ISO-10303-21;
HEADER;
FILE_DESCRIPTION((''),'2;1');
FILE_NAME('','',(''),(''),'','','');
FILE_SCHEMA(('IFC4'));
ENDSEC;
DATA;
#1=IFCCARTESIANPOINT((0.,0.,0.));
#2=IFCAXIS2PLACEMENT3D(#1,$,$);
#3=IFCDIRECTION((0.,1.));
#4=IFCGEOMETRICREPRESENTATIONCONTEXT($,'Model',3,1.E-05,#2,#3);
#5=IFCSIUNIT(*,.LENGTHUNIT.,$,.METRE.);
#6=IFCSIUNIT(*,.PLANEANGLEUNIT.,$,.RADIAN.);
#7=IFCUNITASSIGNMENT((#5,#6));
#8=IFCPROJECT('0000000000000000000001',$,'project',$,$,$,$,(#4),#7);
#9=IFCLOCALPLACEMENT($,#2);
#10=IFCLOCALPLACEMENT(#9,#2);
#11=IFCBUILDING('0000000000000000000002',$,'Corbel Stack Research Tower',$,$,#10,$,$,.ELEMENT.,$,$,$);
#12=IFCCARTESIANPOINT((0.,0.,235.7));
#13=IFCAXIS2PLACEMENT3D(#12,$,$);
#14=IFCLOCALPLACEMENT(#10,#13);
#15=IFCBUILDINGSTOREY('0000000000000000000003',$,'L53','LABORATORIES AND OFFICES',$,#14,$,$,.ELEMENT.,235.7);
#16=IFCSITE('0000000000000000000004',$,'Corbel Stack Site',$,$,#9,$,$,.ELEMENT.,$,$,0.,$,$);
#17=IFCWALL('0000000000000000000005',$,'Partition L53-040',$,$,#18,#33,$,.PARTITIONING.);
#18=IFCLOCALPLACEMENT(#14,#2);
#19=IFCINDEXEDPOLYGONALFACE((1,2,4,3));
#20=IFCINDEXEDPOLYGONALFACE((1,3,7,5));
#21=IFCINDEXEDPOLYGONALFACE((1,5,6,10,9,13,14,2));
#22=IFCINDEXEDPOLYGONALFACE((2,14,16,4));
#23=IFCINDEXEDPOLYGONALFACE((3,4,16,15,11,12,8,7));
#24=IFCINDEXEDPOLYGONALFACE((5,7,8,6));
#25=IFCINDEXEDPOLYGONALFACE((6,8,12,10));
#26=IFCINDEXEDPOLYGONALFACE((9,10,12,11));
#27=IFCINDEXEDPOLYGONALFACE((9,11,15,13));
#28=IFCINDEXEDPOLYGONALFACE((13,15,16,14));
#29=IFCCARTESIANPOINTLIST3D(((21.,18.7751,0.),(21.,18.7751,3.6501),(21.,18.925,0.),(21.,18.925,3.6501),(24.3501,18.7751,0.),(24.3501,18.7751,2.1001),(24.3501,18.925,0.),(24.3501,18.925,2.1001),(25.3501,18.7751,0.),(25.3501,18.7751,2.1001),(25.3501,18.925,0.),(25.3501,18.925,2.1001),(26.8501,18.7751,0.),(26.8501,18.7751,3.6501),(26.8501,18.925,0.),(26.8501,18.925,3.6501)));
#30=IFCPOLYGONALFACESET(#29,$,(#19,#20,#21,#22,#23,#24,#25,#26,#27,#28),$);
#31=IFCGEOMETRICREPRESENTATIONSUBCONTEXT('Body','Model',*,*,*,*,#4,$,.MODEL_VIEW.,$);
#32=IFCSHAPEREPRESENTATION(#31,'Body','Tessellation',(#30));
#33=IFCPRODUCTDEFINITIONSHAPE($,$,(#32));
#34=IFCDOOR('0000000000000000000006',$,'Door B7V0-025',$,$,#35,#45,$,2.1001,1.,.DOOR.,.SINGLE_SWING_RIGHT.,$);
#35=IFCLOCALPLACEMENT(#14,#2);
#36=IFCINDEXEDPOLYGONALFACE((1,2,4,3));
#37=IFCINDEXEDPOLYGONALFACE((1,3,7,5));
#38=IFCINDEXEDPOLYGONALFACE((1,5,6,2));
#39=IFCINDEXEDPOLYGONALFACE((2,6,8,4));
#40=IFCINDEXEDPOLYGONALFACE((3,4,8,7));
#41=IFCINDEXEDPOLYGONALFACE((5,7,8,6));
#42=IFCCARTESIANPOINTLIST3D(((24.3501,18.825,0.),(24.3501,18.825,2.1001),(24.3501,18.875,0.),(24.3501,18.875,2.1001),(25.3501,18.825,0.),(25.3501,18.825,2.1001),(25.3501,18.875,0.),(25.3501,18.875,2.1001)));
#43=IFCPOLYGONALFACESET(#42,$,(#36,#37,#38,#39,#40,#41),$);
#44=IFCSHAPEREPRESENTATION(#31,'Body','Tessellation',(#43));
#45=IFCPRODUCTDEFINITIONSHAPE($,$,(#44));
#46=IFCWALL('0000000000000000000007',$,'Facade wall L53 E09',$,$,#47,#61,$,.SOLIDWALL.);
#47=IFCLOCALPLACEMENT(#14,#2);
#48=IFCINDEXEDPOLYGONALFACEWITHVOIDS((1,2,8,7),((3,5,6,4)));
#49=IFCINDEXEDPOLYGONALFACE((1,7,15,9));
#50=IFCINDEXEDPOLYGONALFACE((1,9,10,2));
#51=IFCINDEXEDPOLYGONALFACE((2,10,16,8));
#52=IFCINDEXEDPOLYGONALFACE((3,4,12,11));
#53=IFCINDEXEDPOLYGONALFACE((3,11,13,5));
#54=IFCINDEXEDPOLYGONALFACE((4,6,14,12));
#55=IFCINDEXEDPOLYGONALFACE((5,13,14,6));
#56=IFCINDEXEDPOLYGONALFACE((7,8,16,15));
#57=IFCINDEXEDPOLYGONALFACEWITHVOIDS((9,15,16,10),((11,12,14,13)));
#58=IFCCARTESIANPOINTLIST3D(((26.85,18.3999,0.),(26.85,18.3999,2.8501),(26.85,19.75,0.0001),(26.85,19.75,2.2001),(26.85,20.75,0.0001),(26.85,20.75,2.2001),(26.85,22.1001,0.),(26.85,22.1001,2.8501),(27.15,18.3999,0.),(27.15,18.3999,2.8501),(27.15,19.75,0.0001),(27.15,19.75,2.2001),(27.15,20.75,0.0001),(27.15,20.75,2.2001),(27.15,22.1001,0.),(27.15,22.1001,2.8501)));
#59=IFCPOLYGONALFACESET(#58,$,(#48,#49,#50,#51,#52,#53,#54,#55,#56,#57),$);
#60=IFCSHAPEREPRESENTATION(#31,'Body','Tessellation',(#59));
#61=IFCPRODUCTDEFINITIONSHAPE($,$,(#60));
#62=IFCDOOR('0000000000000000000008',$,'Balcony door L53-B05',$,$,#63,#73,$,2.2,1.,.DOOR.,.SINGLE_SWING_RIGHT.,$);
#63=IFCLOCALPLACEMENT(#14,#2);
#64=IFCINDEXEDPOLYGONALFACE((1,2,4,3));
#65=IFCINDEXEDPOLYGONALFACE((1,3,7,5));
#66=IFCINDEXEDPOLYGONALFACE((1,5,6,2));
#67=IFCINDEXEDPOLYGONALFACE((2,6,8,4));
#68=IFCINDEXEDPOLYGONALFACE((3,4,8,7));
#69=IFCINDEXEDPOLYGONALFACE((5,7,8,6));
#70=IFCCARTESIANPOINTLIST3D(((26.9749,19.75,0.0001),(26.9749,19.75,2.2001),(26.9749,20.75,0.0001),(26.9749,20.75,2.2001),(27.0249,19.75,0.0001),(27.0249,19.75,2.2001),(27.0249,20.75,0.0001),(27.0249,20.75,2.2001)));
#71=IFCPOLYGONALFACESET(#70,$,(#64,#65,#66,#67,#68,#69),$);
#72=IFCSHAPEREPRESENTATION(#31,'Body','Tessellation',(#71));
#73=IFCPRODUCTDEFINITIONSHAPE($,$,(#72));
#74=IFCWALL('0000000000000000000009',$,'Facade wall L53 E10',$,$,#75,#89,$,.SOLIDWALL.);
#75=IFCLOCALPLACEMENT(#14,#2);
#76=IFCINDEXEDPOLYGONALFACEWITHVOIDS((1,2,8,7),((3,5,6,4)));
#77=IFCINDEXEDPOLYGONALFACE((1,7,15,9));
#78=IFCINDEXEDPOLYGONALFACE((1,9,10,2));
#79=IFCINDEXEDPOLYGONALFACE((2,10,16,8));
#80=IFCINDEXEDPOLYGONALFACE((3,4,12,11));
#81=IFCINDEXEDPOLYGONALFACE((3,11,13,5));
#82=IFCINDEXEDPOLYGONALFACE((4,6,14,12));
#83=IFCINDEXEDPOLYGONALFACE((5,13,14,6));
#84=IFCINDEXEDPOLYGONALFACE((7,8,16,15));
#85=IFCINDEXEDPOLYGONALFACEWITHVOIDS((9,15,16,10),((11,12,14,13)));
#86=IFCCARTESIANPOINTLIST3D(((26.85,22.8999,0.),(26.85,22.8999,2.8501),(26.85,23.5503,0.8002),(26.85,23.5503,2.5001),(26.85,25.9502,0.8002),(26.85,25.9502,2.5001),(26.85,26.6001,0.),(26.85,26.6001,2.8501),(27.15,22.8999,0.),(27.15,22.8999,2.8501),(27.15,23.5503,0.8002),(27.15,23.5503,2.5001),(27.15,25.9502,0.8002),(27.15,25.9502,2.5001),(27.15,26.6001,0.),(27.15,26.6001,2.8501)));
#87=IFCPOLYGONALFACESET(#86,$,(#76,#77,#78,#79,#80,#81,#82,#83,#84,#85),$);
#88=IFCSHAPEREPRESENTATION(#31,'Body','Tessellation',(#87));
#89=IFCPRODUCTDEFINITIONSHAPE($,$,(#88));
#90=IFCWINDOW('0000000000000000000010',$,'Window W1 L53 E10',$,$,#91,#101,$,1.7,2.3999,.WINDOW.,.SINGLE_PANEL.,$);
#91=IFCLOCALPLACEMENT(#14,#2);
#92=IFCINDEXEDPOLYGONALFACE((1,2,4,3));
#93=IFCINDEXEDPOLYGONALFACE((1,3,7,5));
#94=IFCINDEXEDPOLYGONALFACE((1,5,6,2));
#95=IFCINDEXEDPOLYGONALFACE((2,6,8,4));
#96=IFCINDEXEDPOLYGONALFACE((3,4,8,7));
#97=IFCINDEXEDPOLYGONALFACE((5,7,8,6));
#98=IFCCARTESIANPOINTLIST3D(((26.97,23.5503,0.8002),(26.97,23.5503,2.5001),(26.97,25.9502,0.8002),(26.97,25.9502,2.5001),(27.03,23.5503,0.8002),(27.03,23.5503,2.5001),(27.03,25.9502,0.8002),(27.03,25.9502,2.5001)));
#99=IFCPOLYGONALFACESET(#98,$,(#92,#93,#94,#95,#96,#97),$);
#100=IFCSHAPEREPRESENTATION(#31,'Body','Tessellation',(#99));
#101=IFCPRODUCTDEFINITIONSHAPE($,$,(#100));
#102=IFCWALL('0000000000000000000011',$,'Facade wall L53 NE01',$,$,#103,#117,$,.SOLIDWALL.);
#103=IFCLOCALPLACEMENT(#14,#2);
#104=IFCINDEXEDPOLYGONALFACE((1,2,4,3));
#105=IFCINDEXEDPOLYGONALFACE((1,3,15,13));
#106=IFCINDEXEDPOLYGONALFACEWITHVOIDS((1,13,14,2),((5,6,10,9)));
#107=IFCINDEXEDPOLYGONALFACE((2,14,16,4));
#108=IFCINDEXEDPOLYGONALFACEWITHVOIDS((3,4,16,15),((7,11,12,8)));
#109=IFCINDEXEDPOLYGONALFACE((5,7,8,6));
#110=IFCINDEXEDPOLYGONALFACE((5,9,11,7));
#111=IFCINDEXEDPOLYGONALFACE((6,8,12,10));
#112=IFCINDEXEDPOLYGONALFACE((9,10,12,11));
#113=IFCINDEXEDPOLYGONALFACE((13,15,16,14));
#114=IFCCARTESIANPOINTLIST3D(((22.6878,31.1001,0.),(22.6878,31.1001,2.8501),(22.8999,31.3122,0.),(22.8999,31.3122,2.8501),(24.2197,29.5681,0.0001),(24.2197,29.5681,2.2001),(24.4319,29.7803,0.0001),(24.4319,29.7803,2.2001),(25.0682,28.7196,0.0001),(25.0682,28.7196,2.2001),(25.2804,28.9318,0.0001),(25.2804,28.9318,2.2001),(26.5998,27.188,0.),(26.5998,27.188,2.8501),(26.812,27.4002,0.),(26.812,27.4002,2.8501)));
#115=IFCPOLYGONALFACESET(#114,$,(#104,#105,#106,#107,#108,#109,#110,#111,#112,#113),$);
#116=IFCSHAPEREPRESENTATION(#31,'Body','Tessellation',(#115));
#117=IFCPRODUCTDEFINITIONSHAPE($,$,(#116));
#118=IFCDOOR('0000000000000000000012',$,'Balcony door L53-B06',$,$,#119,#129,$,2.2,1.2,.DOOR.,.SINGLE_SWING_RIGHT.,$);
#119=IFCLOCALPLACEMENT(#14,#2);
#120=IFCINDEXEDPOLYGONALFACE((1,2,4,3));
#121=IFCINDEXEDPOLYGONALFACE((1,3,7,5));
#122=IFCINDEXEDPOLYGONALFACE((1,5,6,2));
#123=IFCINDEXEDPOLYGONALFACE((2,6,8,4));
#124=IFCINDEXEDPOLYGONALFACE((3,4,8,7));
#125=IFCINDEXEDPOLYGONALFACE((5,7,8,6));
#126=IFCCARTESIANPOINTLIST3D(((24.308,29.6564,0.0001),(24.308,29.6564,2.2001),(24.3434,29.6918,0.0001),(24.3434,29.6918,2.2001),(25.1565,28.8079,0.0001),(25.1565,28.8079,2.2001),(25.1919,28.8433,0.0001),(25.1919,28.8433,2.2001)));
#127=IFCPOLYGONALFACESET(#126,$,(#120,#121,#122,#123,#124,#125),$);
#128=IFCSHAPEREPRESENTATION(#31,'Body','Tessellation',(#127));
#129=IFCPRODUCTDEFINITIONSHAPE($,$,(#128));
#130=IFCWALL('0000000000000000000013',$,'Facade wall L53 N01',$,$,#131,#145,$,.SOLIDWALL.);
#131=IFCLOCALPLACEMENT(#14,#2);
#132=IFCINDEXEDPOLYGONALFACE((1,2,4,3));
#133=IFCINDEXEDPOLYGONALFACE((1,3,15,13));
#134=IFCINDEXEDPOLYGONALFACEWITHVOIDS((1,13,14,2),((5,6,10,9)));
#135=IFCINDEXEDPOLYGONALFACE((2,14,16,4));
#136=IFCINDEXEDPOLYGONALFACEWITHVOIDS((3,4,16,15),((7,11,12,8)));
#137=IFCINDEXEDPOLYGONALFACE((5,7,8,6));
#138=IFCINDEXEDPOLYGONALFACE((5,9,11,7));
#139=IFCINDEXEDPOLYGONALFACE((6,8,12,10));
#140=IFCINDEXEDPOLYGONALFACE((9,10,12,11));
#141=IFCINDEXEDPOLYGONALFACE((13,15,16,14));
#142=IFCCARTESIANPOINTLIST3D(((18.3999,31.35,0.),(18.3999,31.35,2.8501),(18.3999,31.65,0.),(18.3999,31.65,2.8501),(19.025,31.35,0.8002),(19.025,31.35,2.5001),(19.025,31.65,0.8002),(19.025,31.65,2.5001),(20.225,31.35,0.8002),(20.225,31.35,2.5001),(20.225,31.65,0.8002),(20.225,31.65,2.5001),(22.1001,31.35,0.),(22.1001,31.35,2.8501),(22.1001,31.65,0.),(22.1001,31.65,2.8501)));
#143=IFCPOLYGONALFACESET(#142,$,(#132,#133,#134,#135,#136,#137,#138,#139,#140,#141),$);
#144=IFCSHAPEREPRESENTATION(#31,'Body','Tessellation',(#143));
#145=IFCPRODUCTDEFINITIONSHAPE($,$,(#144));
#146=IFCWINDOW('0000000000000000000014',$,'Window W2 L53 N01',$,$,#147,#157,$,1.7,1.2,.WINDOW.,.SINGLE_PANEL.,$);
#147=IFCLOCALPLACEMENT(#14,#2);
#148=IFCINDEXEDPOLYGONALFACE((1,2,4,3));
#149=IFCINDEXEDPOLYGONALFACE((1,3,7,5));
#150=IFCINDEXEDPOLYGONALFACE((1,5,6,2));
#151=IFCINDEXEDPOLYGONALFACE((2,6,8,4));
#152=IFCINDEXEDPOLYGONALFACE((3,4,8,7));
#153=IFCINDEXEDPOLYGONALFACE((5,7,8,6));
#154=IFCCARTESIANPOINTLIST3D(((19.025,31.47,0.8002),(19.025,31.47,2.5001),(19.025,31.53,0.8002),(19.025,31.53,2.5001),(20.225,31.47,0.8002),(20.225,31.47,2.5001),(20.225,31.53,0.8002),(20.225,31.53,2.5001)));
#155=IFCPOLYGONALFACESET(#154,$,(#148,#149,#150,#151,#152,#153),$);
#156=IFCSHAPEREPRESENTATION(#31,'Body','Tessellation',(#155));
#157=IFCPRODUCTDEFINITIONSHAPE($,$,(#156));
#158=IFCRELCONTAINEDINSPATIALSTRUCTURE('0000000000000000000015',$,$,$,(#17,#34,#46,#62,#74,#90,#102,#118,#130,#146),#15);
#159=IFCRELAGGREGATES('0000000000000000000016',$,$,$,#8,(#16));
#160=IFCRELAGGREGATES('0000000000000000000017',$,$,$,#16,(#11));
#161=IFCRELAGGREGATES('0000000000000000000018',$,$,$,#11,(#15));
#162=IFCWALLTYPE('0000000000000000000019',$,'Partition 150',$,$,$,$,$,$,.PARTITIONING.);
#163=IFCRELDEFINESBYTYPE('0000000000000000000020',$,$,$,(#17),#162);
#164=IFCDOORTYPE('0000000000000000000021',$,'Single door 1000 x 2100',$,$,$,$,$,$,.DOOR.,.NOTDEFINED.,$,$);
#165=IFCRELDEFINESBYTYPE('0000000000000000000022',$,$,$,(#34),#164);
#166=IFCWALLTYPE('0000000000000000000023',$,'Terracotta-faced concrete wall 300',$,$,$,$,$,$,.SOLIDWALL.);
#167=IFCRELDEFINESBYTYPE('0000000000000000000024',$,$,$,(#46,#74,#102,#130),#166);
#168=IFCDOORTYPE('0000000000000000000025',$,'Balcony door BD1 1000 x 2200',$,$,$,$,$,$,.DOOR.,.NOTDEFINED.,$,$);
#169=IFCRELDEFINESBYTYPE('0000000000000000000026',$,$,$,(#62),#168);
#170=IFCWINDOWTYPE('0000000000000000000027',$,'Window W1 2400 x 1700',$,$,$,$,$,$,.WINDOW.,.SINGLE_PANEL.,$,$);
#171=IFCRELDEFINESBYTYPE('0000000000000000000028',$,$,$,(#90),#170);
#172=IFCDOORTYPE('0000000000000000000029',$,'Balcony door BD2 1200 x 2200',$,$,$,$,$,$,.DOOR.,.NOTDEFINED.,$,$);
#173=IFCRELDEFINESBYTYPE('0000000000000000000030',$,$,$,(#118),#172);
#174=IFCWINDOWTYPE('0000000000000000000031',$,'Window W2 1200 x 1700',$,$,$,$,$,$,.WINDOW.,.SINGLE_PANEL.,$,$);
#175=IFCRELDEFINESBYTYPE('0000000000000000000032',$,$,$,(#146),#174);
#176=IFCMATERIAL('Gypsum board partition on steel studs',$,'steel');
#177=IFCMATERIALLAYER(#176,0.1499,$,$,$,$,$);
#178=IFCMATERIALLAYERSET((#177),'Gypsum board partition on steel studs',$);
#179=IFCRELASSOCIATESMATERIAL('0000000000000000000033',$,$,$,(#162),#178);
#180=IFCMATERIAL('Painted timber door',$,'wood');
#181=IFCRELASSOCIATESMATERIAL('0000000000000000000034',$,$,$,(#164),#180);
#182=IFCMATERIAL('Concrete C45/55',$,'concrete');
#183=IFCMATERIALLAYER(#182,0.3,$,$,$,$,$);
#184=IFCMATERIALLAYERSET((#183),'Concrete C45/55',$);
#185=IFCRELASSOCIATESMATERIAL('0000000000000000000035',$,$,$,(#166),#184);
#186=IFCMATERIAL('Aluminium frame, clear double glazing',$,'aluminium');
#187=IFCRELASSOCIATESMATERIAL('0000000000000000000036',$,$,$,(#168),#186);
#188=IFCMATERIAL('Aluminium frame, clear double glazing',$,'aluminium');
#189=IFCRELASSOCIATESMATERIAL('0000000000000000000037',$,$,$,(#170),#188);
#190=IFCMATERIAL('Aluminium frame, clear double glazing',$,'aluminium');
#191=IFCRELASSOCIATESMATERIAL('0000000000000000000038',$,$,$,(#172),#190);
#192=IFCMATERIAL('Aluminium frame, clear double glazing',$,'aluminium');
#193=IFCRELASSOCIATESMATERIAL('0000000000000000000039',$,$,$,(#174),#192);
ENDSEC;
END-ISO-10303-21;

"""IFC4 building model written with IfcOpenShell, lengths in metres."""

from ifc_helpers import new_model, si_unit, direction, frame, frame_2d, origin, place, context, subcontext, project, spatial, rectangle, extrude, material, layer, layer_set, type_object, element, fill, save


model = new_model("IFC4")

# Units and contexts
model_context = context("Model", 3, precision=1e-05, world=origin(), true_north=direction((0.0, 1.0)))
body_context = subcontext(model_context, "Body", "Model", "MODEL_VIEW")
ifc_project = project(units=[si_unit("LENGTHUNIT", "METRE"), si_unit("PLANEANGLEUNIT", "RADIAN")], contexts=[model_context])

# Site, building, storey
site_placement = place(None, origin())
site = spatial("IfcSite", under=ifc_project, at=site_placement, Name="Corbel Stack Site", CompositionType="ELEMENT", RefElevation=0.0)
building_placement = place(site_placement, origin())
building = spatial("IfcBuilding", under=site, at=building_placement, Name="Corbel Stack Research Tower", CompositionType="ELEMENT")
storey_placement = place(building_placement, frame((0.0, 0.0, 235.7)))
storey = spatial("IfcBuildingStorey", under=building, at=storey_placement, Name="L53", Description="LABORATORIES AND OFFICES", CompositionType="ELEMENT", Elevation=235.7)

# Walls, openings, doors
ifc_material_1 = material(Name="Gypsum board partition on steel studs", Category="steel")
ifc_layer_1 = layer(ifc_material_1, 0.1499)
ifc_layer_set_1 = layer_set([ifc_layer_1], Name="Gypsum board partition on steel studs")
wall_type_1 = type_object("IfcWallType", Name="Partition 150", PredefinedType="PARTITIONING", material=ifc_layer_set_1)
wall_1_placement = place(storey_placement, frame((21.0, 18.8501, 0.0), z_axis=(0.0, 0.0, 1.0), x_axis=(1.0, 0.0, 0.0)))
wall_1 = element("IfcWall", 1, at=wall_1_placement, inside=storey, type_object=wall_type_1, Name="Partition L53-040", PredefinedType="PARTITIONING", context=body_context, shape_type="SweptSolid", body=[
    extrude(rectangle(XDim=5.8501, YDim=0.1499, at=frame_2d((2.925, 0.0))), origin(), (0.0, 0.0, 1.0), 3.6501),
])
opening_1_placement = place(wall_1_placement, frame((3.3501, 0.0, 0.0)))
opening_1 = element("IfcOpeningElement", 2, at=opening_1_placement, cuts=wall_1, PredefinedType="OPENING", context=body_context, shape_type="SweptSolid", body=[
    extrude(rectangle(XDim=1.0, YDim=2.1001, at=frame_2d((0.5, 1.05))), frame((0.0, 0.085, 0.0), z_axis=(0.0, -1.0, 0.0), x_axis=(1.0, 0.0, 0.0)), (0.0, 0.0, 1.0), 0.1699),
])
ifc_material_2 = material(Name="Painted timber door", Category="wood")
door_type_1 = type_object("IfcDoorType", Name="Single door 1000 x 2100", OperationType="NOTDEFINED", PredefinedType="DOOR", material=ifc_material_2)
door_1_placement = place(opening_1_placement, origin())
door_1 = element("IfcDoor", 3, at=door_1_placement, inside=storey, type_object=door_type_1, Name="Door B7V0-025", OperationType="SINGLE_SWING_RIGHT", OverallHeight=2.1001, OverallWidth=1.0, PredefinedType="DOOR", context=body_context, shape_type="SweptSolid", body=[
    extrude(rectangle(XDim=1.0, YDim=2.1001, at=frame_2d((0.5, 1.05))), frame((0.0, 0.0249, 0.0), z_axis=(0.0, -1.0, 0.0), x_axis=(1.0, 0.0, 0.0)), (0.0, 0.0, 1.0), 0.05),
])
fill(opening_1, door_1)
ifc_material_3 = material(Name="Concrete C45/55", Category="concrete")
ifc_layer_2 = layer(ifc_material_3, 0.3)
ifc_layer_set_2 = layer_set([ifc_layer_2], Name="Concrete C45/55")
wall_type_2 = type_object("IfcWallType", Name="Terracotta-faced concrete wall 300", PredefinedType="SOLIDWALL", material=ifc_layer_set_2)
wall_2_placement = place(storey_placement, frame((27.0, 22.1001, 0.0), z_axis=(0.0, 0.0, 1.0), x_axis=(0.0, -1.0, 0.0)))
wall_2 = element("IfcWall", 4, at=wall_2_placement, inside=storey, type_object=wall_type_2, Name="Facade wall L53 E09", PredefinedType="SOLIDWALL", context=body_context, shape_type="SweptSolid", body=[
    extrude(rectangle(XDim=3.7002, YDim=0.3, at=frame_2d((1.8501, 0.0))), origin(), (0.0, 0.0, 1.0), 2.8501),
])
opening_2_placement = place(wall_2_placement, frame((1.3501, 0.0, 0.0)))
opening_2 = element("IfcOpeningElement", 5, at=opening_2_placement, cuts=wall_2, PredefinedType="OPENING", context=body_context, shape_type="SweptSolid", body=[
    extrude(rectangle(XDim=1.0, YDim=2.2, at=frame_2d((0.5, 1.1001))), frame((0.0, 0.1599, 0.0), z_axis=(0.0, -1.0, 0.0), x_axis=(1.0, 0.0, 0.0)), (0.0, 0.0, 1.0), 0.3201),
])
ifc_material_4 = material(Name="Aluminium frame, clear double glazing", Category="aluminium")
door_type_2 = type_object("IfcDoorType", Name="Balcony door BD1 1000 x 2200", OperationType="NOTDEFINED", PredefinedType="DOOR", material=ifc_material_4)
door_2_placement = place(opening_2_placement, origin())
door_2 = element("IfcDoor", 6, at=door_2_placement, inside=storey, type_object=door_type_2, Name="Balcony door L53-B05", OperationType="SINGLE_SWING_RIGHT", OverallHeight=2.2, OverallWidth=1.0, PredefinedType="DOOR", context=body_context, shape_type="SweptSolid", body=[
    extrude(rectangle(XDim=1.0, YDim=2.2, at=frame_2d((0.5, 1.1001))), frame((0.0, 0.0249, 0.0), z_axis=(0.0, -1.0, 0.0), x_axis=(1.0, 0.0, 0.0)), (0.0, 0.0, 1.0), 0.05),
])
fill(opening_2, door_2)

# Wall, opening, window
wall_3_placement = place(storey_placement, frame((27.0, 26.6001, 0.0), z_axis=(0.0, 0.0, 1.0), x_axis=(0.0, -1.0, 0.0)))
wall_3 = element("IfcWall", 7, at=wall_3_placement, inside=storey, type_object=wall_type_2, Name="Facade wall L53 E10", PredefinedType="SOLIDWALL", context=body_context, shape_type="SweptSolid", body=[
    extrude(rectangle(XDim=3.7002, YDim=0.3, at=frame_2d((1.8501, 0.0))), origin(), (0.0, 0.0, 1.0), 2.8501),
])
opening_3_placement = place(wall_3_placement, frame((0.6499, 0.0, 0.8)))
opening_3 = element("IfcOpeningElement", 8, at=opening_3_placement, cuts=wall_3, PredefinedType="OPENING", context=body_context, shape_type="SweptSolid", body=[
    extrude(rectangle(XDim=2.3999, YDim=1.7, at=frame_2d((1.2, 0.8501))), frame((0.0, 0.1599, 0.0), z_axis=(0.0, -1.0, 0.0), x_axis=(1.0, 0.0, 0.0)), (0.0, 0.0, 1.0), 0.3201),
])
ifc_material_5 = material(Name="Aluminium frame, clear double glazing", Category="aluminium")
window_type_1 = type_object("IfcWindowType", Name="Window W1 2400 x 1700", PartitioningType="SINGLE_PANEL", PredefinedType="WINDOW", material=ifc_material_5)
window_1_placement = place(opening_3_placement, origin())
window_1 = element("IfcWindow", 9, at=window_1_placement, inside=storey, type_object=window_type_1, Name="Window W1 L53 E10", OverallHeight=1.7, OverallWidth=2.3999, PartitioningType="SINGLE_PANEL", PredefinedType="WINDOW", context=body_context, shape_type="SweptSolid", body=[
    extrude(rectangle(XDim=2.3999, YDim=1.7, at=frame_2d((1.2, 0.8501))), frame((0.0, 0.03, 0.0), z_axis=(0.0, -1.0, 0.0), x_axis=(1.0, 0.0, 0.0)), (0.0, 0.0, 1.0), 0.0601),
])
fill(opening_3, window_1)

# Wall, opening, door
wall_4_placement = place(storey_placement, frame((22.7939, 31.2061, 0.0), z_axis=(0.0, 0.0, 1.0), x_axis=(0.707107, -0.707107, 0.0)))
wall_4 = element("IfcWall", 10, at=wall_4_placement, inside=storey, type_object=wall_type_2, Name="Facade wall L53 NE01", PredefinedType="SOLIDWALL", context=body_context, shape_type="SweptSolid", body=[
    extrude(rectangle(XDim=5.5325, YDim=0.3, at=frame_2d((2.7661, 0.0))), origin(), (0.0, 0.0, 1.0), 2.8501),
])
opening_4_placement = place(wall_4_placement, frame((2.1663, 0.0, 0.0)))
opening_4 = element("IfcOpeningElement", 11, at=opening_4_placement, cuts=wall_4, PredefinedType="OPENING", context=body_context, shape_type="SweptSolid", body=[
    extrude(rectangle(XDim=1.2, YDim=2.2, at=frame_2d((0.6001, 1.1001))), frame((0.0, 0.1599, 0.0), z_axis=(0.0, -1.0, 0.0), x_axis=(1.0, 0.0, 0.0)), (0.0, 0.0, 1.0), 0.3201),
])
ifc_material_6 = material(Name="Aluminium frame, clear double glazing", Category="aluminium")
door_type_3 = type_object("IfcDoorType", Name="Balcony door BD2 1200 x 2200", OperationType="NOTDEFINED", PredefinedType="DOOR", material=ifc_material_6)
door_3_placement = place(opening_4_placement, origin())
door_3 = element("IfcDoor", 12, at=door_3_placement, inside=storey, type_object=door_type_3, Name="Balcony door L53-B06", OperationType="SINGLE_SWING_RIGHT", OverallHeight=2.2, OverallWidth=1.2, PredefinedType="DOOR", context=body_context, shape_type="SweptSolid", body=[
    extrude(rectangle(XDim=1.2, YDim=2.2, at=frame_2d((0.6001, 1.1001))), frame((0.0, 0.0249, 0.0), z_axis=(0.0, -1.0, 0.0), x_axis=(1.0, 0.0, 0.0)), (0.0, 0.0, 1.0), 0.05),
])
fill(opening_4, door_3)

# Wall, opening, window
wall_5_placement = place(storey_placement, frame((18.3999, 31.5, 0.0), z_axis=(0.0, 0.0, 1.0), x_axis=(1.0, 0.0, 0.0)))
wall_5 = element("IfcWall", 13, at=wall_5_placement, inside=storey, type_object=wall_type_2, Name="Facade wall L53 N01", PredefinedType="SOLIDWALL", context=body_context, shape_type="SweptSolid", body=[
    extrude(rectangle(XDim=3.7002, YDim=0.3, at=frame_2d((1.8501, 0.0))), origin(), (0.0, 0.0, 1.0), 2.8501),
])
opening_5_placement = place(wall_5_placement, frame((0.625, 0.0, 0.8)))
opening_5 = element("IfcOpeningElement", 14, at=opening_5_placement, cuts=wall_5, PredefinedType="OPENING", context=body_context, shape_type="SweptSolid", body=[
    extrude(rectangle(XDim=1.2, YDim=1.7, at=frame_2d((0.6001, 0.8501))), frame((0.0, 0.1599, 0.0), z_axis=(0.0, -1.0, 0.0), x_axis=(1.0, 0.0, 0.0)), (0.0, 0.0, 1.0), 0.3201),
])
ifc_material_7 = material(Name="Aluminium frame, clear double glazing", Category="aluminium")
window_type_2 = type_object("IfcWindowType", Name="Window W2 1200 x 1700", PartitioningType="SINGLE_PANEL", PredefinedType="WINDOW", material=ifc_material_7)
window_2_placement = place(opening_5_placement, origin())
window_2 = element("IfcWindow", 15, at=window_2_placement, inside=storey, type_object=window_type_2, Name="Window W2 L53 N01", OverallHeight=1.7, OverallWidth=1.2, PartitioningType="SINGLE_PANEL", PredefinedType="WINDOW", context=body_context, shape_type="SweptSolid", body=[
    extrude(rectangle(XDim=1.2, YDim=1.7, at=frame_2d((0.6001, 0.8501))), frame((0.0, 0.03, 0.0), z_axis=(0.0, -1.0, 0.0), x_axis=(1.0, 0.0, 0.0)), (0.0, 0.0, 1.0), 0.0601),
])
fill(opening_5, window_2)

save(model, "model.ifc")
